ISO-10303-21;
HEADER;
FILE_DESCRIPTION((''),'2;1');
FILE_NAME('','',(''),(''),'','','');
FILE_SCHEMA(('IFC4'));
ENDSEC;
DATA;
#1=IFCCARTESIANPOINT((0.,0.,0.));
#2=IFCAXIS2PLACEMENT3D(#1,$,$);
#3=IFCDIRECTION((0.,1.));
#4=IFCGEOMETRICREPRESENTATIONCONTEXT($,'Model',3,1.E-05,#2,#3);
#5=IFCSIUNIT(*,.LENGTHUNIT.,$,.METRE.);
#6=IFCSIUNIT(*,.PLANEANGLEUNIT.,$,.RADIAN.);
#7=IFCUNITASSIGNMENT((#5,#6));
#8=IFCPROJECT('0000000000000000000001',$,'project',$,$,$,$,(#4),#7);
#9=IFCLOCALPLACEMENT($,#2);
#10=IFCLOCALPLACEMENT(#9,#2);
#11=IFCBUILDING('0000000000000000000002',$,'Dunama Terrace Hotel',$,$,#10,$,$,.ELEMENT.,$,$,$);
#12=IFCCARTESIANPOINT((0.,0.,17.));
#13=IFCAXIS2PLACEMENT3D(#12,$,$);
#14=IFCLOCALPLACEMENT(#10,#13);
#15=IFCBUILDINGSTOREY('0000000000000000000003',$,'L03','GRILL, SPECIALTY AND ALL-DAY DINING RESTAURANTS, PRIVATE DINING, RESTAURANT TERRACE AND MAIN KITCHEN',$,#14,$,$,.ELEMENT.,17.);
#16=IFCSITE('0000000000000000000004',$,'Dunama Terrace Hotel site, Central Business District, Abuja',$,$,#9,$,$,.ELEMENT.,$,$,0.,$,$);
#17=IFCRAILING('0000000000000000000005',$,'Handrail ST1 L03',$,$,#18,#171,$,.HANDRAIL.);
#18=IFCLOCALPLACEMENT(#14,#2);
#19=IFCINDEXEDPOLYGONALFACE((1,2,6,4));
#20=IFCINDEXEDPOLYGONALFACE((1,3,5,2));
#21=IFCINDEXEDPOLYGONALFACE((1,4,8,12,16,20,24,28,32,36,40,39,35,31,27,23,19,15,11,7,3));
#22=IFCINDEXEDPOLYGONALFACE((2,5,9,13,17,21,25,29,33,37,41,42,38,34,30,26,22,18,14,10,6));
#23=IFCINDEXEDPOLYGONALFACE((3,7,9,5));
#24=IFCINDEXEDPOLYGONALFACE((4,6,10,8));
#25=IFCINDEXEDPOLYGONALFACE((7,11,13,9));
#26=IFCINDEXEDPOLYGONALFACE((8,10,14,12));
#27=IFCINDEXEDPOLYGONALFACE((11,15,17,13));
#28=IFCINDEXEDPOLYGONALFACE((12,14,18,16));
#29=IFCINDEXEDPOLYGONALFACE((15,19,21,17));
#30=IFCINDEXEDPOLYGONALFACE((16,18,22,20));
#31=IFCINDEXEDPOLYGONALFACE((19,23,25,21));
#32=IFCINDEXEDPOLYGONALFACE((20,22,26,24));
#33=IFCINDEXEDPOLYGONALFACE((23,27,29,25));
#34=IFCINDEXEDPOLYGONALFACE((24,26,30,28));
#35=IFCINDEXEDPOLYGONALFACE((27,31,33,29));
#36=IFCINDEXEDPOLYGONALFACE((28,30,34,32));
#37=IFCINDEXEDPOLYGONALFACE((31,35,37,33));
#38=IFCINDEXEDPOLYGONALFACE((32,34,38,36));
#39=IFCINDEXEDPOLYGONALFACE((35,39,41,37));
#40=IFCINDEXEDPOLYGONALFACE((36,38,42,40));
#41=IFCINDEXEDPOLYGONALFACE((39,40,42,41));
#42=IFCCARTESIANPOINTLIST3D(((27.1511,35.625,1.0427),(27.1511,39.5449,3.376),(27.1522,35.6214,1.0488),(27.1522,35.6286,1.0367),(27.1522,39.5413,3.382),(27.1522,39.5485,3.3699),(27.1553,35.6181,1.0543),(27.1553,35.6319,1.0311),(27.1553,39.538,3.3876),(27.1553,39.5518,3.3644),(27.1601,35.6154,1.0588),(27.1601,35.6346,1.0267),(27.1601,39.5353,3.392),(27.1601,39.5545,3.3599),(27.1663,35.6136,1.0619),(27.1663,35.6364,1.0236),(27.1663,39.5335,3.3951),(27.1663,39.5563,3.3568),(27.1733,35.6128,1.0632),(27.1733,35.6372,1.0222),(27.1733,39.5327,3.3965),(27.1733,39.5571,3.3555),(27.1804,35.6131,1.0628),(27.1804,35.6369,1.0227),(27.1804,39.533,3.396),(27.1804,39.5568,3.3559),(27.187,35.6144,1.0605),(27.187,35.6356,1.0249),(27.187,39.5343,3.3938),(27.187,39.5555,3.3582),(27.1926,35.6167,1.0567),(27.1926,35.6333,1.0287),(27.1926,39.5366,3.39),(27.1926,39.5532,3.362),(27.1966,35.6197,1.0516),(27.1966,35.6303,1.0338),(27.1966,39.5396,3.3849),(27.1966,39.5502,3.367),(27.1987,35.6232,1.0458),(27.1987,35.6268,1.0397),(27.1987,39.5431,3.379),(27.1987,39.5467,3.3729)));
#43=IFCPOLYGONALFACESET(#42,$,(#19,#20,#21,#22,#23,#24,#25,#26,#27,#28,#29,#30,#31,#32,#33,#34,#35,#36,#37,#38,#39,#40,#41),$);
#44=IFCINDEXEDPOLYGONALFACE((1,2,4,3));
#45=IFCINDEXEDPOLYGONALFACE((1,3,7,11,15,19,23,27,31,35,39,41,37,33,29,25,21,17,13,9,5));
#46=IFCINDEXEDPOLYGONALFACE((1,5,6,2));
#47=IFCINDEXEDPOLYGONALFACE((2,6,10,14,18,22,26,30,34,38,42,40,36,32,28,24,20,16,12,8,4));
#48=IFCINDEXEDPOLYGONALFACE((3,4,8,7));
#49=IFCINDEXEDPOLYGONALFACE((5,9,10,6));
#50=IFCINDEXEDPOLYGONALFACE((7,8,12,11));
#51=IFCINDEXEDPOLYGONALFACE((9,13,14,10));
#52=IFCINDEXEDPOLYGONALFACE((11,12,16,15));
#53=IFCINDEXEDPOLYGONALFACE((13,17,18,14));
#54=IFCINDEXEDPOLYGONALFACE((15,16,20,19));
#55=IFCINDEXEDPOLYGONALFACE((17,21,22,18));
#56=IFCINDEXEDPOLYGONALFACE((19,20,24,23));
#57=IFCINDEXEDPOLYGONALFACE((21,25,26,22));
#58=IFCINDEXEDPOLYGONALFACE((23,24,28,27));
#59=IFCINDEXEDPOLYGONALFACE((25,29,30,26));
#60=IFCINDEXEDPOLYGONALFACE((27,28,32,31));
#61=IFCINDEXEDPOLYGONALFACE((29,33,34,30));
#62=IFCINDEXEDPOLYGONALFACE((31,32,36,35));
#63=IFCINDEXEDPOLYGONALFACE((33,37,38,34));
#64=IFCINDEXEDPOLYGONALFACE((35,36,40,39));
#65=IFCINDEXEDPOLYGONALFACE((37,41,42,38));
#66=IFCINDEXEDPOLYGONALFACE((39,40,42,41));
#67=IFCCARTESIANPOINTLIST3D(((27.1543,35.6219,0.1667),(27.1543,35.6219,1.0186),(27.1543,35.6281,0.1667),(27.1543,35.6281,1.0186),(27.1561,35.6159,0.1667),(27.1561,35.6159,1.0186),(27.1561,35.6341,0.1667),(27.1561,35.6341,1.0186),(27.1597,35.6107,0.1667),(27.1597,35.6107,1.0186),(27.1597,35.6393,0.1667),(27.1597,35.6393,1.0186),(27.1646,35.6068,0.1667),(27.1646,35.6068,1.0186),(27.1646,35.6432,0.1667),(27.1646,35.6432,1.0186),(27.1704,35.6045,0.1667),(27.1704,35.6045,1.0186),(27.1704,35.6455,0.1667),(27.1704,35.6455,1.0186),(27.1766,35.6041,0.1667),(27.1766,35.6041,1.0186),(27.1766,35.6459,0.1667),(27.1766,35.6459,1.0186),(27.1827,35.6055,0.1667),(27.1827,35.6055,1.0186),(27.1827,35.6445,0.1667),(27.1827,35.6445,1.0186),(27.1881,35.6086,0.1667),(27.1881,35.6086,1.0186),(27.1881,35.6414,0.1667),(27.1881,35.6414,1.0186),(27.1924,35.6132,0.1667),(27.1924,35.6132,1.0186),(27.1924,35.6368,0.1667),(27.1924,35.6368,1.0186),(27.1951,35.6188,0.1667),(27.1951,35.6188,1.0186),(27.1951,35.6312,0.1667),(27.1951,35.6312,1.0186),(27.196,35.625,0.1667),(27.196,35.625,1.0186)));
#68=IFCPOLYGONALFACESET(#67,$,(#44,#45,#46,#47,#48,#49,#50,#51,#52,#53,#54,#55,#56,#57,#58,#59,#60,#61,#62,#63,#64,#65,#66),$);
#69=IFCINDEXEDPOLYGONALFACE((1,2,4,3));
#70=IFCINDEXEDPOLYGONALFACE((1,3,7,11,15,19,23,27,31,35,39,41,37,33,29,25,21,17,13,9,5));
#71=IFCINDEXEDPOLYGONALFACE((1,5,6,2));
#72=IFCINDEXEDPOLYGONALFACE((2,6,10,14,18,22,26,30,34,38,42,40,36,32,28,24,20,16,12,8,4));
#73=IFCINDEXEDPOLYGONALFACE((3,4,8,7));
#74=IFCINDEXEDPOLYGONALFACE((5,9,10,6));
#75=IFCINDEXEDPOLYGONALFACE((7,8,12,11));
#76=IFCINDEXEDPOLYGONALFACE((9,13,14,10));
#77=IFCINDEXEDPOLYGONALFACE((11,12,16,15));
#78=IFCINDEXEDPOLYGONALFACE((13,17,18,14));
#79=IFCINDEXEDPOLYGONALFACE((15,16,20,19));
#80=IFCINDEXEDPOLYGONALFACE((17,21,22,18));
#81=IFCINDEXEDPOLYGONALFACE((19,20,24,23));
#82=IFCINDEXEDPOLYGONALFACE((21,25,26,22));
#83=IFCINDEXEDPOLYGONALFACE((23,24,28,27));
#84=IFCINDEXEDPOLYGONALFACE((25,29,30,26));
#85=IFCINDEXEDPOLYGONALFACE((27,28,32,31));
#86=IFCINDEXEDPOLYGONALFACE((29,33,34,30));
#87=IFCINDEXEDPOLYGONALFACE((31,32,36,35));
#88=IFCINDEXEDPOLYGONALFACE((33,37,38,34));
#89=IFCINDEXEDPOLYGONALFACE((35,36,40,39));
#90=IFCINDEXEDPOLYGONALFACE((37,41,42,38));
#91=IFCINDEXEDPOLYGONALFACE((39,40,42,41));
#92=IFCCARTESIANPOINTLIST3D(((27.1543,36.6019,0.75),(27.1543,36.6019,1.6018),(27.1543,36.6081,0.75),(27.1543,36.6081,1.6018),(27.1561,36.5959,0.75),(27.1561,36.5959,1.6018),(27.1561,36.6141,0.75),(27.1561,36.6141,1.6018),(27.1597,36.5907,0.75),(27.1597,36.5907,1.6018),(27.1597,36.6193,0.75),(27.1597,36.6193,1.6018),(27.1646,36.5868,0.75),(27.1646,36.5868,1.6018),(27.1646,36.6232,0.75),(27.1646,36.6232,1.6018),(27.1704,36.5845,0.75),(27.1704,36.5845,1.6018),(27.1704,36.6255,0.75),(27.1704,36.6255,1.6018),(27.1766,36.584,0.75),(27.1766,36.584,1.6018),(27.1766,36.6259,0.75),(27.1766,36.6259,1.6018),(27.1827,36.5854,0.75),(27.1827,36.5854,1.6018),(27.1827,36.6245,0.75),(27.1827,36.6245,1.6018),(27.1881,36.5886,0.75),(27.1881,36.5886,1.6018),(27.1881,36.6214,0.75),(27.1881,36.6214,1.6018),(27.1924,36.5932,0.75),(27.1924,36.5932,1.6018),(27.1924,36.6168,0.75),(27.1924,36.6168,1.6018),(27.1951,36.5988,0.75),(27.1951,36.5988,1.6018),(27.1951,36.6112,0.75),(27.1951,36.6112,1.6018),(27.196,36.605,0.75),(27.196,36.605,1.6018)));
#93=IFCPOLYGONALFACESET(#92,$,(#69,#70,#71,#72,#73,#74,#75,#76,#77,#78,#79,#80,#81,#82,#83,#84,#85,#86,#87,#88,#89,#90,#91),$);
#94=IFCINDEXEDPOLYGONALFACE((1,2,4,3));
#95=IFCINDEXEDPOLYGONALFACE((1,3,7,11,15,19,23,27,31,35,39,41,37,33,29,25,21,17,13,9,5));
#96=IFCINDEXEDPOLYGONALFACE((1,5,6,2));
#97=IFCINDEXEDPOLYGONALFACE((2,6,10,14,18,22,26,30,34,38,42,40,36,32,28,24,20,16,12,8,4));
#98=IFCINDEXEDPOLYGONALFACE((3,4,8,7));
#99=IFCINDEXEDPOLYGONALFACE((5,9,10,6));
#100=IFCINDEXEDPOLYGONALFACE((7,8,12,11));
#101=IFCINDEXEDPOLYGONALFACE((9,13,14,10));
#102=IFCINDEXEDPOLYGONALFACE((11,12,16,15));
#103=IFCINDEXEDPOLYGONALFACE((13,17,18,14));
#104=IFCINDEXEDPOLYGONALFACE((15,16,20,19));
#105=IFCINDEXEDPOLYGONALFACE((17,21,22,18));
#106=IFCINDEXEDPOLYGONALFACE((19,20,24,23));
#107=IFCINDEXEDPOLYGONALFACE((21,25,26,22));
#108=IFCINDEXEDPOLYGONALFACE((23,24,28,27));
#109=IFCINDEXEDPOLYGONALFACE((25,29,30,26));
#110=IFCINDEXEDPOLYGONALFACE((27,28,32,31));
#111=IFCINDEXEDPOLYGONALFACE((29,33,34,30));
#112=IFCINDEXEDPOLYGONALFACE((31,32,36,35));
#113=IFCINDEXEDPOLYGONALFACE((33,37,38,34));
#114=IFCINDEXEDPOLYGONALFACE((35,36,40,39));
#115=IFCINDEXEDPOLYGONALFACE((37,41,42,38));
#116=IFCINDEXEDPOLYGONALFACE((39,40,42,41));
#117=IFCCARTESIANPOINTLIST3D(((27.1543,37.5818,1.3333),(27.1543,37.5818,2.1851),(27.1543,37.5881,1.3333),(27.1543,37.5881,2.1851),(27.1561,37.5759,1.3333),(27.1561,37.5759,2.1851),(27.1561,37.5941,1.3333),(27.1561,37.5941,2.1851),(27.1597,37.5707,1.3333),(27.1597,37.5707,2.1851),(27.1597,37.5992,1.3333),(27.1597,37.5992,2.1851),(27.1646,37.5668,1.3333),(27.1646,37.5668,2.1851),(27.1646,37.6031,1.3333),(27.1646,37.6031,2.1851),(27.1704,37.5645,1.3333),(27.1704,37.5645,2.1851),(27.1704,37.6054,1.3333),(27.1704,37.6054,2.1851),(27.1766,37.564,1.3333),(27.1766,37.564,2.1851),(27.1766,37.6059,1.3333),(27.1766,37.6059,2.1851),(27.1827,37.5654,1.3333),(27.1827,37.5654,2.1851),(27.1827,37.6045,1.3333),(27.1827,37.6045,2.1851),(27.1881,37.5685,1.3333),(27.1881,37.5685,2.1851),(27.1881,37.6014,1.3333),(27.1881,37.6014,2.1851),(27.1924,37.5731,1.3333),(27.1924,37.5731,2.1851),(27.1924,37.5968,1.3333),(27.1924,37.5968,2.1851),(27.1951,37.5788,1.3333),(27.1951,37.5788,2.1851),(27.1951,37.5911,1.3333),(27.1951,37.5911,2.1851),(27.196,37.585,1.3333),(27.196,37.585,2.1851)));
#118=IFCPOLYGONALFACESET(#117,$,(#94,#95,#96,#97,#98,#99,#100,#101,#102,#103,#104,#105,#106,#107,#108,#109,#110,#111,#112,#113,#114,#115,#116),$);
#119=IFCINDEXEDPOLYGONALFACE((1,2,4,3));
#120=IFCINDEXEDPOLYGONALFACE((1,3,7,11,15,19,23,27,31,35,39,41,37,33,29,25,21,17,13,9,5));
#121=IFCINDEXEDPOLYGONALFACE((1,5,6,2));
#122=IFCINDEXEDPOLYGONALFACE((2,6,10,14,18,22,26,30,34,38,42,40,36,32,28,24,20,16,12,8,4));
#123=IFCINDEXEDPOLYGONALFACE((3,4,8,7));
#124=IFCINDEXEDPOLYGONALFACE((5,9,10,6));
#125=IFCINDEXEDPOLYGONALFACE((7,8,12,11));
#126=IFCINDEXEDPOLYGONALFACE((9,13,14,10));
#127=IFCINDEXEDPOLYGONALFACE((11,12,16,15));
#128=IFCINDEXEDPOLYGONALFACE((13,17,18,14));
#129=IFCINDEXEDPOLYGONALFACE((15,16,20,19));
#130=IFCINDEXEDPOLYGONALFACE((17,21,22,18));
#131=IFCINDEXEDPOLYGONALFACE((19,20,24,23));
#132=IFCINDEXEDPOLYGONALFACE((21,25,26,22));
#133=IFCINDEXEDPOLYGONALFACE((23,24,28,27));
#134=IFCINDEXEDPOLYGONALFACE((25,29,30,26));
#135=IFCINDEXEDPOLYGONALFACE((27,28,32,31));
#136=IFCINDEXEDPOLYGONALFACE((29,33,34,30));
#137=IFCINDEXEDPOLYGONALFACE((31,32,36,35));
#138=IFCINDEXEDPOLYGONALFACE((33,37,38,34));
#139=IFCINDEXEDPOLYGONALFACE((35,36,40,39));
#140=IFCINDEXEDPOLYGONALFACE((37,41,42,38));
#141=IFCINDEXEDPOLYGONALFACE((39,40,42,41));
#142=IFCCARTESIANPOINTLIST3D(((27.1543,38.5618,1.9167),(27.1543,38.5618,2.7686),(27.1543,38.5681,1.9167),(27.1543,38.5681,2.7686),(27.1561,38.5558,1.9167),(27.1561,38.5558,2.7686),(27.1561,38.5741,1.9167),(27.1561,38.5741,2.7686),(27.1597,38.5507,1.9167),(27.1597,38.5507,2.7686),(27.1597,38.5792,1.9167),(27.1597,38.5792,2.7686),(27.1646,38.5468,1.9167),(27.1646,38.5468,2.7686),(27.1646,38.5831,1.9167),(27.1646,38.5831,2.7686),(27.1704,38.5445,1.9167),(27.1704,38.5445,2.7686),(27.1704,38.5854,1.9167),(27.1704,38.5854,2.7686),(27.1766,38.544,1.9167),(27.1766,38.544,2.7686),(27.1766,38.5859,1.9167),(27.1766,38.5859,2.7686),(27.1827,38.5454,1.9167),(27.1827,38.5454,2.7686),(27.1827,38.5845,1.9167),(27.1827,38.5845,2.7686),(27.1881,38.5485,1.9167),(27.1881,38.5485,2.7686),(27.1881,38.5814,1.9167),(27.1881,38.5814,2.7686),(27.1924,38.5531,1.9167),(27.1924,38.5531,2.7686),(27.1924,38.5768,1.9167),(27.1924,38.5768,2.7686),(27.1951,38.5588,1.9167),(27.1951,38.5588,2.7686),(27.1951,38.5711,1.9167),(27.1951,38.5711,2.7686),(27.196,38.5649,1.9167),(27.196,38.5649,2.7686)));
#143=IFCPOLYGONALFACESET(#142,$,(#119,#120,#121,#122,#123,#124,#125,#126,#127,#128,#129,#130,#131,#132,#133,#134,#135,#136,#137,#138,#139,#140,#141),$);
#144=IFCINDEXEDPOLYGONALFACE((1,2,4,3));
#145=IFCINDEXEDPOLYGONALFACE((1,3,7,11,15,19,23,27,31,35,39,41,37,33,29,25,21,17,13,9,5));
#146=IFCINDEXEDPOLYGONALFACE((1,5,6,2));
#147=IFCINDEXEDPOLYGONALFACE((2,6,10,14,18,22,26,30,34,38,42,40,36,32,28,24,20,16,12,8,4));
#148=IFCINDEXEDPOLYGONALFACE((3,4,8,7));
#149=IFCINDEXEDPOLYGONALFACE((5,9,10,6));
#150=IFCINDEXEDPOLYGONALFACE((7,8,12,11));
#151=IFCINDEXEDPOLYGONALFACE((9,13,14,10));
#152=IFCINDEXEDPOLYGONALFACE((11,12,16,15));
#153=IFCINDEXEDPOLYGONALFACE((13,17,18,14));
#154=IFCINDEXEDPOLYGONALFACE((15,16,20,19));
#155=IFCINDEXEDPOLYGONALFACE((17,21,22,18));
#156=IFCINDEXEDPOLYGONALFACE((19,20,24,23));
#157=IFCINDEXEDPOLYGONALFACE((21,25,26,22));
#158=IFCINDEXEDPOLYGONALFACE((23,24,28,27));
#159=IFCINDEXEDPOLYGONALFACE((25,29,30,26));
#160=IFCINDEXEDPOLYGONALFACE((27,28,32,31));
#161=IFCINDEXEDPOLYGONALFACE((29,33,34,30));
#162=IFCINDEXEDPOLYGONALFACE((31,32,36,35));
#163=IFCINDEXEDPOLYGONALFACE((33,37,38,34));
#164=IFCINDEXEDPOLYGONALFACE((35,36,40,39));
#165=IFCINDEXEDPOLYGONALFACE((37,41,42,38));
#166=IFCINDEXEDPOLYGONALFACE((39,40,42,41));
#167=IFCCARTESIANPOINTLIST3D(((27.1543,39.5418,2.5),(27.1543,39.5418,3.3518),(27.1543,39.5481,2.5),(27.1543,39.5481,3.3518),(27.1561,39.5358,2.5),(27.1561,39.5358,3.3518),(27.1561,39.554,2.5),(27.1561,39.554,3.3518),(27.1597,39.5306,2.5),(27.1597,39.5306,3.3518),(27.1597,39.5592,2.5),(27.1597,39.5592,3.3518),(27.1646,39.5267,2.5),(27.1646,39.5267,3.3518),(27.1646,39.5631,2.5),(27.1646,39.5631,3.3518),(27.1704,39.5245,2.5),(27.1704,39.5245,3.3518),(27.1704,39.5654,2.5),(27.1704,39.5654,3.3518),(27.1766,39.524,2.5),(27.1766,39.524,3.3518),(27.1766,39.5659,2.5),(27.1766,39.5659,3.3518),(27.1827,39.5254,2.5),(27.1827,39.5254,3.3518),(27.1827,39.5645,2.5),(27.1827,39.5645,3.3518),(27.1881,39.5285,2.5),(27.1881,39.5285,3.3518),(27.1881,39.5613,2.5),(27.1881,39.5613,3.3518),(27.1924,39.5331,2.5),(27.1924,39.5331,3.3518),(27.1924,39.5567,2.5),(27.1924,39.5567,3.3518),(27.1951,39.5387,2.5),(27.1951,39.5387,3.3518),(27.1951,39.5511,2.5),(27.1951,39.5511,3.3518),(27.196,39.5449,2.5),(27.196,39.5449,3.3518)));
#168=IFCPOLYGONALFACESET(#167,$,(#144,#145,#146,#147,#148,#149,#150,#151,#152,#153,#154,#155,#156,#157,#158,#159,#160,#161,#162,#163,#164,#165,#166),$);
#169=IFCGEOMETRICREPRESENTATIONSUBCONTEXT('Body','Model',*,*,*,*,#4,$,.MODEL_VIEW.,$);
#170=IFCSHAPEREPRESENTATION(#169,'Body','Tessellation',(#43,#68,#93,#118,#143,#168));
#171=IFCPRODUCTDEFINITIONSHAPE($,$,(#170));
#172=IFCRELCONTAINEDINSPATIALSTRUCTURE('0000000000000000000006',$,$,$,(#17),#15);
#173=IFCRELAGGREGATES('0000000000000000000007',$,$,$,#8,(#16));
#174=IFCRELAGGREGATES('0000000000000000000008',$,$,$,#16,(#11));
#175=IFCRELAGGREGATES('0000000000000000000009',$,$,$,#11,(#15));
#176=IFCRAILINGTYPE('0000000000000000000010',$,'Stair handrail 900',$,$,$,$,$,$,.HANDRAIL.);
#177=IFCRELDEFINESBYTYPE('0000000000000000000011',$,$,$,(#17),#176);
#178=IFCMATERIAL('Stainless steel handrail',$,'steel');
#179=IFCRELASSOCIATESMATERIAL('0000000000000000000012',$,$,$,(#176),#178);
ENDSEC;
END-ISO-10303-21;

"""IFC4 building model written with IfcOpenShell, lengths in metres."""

from ifc_helpers import new_model, si_unit, direction, frame, origin, origin_2d, place, context, subcontext, project, spatial, circle, extrude, material, type_object, element, save


model = new_model("IFC4")

# Units and contexts
model_context = context("Model", 3, precision=1e-05, world=origin(), true_north=direction((0.0, 1.0)))
body_context = subcontext(model_context, "Body", "Model", "MODEL_VIEW")
ifc_project = project(units=[si_unit("LENGTHUNIT", "METRE"), si_unit("PLANEANGLEUNIT", "RADIAN")], contexts=[model_context])

# Site, building, storey
site_placement = place(None, origin())
site = spatial("IfcSite", under=ifc_project, at=site_placement, Name="Dunama Terrace Hotel site, Central Business District, Abuja", CompositionType="ELEMENT", RefElevation=0.0)
building_placement = place(site_placement, origin())
building = spatial("IfcBuilding", under=site, at=building_placement, Name="Dunama Terrace Hotel", CompositionType="ELEMENT")
storey_placement = place(building_placement, frame((0.0, 0.0, 17.0)))
storey = spatial("IfcBuildingStorey", under=building, at=storey_placement, Name="L03", Description="GRILL, SPECIALTY AND ALL-DAY DINING RESTAURANTS, PRIVATE DINING, RESTAURANT TERRACE AND MAIN KITCHEN", CompositionType="ELEMENT", Elevation=17.0)

# Railing
ifc_material_1 = material(Name="Stainless steel handrail", Category="steel")
railing_type_1 = type_object("IfcRailingType", Name="Stair handrail 900", PredefinedType="HANDRAIL", material=ifc_material_1)
railing_1_placement = place(storey_placement, frame((27.175, 35.625, 0.1667)))
element("IfcRailing", 1, at=railing_1_placement, inside=storey, type_object=railing_type_1, Name="Handrail ST1 L03", PredefinedType="HANDRAIL", context=body_context, shape_type="SweptSolid", body=[
    extrude(circle(Radius=0.0239, at=origin_2d()), frame((0.0, 0.0, 0.876), z_axis=(0.0, 0.859296, 0.511478), x_axis=(-1.0, 0.0, 0.0)), (0.0, 0.0, 1.0), 4.5618),
    extrude(circle(Radius=0.021, at=origin_2d()), origin(), (0.0, 0.0, 1.0), 0.8518),
    extrude(circle(Radius=0.021, at=origin_2d()), frame((0.0, 0.98, 0.5833)), (0.0, 0.0, 1.0), 0.8518),
    extrude(circle(Radius=0.021, at=origin_2d()), frame((0.0, 1.96, 1.1665)), (0.0, 0.0, 1.0), 0.8518),
    extrude(circle(Radius=0.021, at=origin_2d()), frame((0.0, 2.9399, 1.75)), (0.0, 0.0, 1.0), 0.8518),
    extrude(circle(Radius=0.021, at=origin_2d()), frame((0.0, 3.9199, 2.3333)), (0.0, 0.0, 1.0), 0.8518),
])

save(model, "model.ifc")
